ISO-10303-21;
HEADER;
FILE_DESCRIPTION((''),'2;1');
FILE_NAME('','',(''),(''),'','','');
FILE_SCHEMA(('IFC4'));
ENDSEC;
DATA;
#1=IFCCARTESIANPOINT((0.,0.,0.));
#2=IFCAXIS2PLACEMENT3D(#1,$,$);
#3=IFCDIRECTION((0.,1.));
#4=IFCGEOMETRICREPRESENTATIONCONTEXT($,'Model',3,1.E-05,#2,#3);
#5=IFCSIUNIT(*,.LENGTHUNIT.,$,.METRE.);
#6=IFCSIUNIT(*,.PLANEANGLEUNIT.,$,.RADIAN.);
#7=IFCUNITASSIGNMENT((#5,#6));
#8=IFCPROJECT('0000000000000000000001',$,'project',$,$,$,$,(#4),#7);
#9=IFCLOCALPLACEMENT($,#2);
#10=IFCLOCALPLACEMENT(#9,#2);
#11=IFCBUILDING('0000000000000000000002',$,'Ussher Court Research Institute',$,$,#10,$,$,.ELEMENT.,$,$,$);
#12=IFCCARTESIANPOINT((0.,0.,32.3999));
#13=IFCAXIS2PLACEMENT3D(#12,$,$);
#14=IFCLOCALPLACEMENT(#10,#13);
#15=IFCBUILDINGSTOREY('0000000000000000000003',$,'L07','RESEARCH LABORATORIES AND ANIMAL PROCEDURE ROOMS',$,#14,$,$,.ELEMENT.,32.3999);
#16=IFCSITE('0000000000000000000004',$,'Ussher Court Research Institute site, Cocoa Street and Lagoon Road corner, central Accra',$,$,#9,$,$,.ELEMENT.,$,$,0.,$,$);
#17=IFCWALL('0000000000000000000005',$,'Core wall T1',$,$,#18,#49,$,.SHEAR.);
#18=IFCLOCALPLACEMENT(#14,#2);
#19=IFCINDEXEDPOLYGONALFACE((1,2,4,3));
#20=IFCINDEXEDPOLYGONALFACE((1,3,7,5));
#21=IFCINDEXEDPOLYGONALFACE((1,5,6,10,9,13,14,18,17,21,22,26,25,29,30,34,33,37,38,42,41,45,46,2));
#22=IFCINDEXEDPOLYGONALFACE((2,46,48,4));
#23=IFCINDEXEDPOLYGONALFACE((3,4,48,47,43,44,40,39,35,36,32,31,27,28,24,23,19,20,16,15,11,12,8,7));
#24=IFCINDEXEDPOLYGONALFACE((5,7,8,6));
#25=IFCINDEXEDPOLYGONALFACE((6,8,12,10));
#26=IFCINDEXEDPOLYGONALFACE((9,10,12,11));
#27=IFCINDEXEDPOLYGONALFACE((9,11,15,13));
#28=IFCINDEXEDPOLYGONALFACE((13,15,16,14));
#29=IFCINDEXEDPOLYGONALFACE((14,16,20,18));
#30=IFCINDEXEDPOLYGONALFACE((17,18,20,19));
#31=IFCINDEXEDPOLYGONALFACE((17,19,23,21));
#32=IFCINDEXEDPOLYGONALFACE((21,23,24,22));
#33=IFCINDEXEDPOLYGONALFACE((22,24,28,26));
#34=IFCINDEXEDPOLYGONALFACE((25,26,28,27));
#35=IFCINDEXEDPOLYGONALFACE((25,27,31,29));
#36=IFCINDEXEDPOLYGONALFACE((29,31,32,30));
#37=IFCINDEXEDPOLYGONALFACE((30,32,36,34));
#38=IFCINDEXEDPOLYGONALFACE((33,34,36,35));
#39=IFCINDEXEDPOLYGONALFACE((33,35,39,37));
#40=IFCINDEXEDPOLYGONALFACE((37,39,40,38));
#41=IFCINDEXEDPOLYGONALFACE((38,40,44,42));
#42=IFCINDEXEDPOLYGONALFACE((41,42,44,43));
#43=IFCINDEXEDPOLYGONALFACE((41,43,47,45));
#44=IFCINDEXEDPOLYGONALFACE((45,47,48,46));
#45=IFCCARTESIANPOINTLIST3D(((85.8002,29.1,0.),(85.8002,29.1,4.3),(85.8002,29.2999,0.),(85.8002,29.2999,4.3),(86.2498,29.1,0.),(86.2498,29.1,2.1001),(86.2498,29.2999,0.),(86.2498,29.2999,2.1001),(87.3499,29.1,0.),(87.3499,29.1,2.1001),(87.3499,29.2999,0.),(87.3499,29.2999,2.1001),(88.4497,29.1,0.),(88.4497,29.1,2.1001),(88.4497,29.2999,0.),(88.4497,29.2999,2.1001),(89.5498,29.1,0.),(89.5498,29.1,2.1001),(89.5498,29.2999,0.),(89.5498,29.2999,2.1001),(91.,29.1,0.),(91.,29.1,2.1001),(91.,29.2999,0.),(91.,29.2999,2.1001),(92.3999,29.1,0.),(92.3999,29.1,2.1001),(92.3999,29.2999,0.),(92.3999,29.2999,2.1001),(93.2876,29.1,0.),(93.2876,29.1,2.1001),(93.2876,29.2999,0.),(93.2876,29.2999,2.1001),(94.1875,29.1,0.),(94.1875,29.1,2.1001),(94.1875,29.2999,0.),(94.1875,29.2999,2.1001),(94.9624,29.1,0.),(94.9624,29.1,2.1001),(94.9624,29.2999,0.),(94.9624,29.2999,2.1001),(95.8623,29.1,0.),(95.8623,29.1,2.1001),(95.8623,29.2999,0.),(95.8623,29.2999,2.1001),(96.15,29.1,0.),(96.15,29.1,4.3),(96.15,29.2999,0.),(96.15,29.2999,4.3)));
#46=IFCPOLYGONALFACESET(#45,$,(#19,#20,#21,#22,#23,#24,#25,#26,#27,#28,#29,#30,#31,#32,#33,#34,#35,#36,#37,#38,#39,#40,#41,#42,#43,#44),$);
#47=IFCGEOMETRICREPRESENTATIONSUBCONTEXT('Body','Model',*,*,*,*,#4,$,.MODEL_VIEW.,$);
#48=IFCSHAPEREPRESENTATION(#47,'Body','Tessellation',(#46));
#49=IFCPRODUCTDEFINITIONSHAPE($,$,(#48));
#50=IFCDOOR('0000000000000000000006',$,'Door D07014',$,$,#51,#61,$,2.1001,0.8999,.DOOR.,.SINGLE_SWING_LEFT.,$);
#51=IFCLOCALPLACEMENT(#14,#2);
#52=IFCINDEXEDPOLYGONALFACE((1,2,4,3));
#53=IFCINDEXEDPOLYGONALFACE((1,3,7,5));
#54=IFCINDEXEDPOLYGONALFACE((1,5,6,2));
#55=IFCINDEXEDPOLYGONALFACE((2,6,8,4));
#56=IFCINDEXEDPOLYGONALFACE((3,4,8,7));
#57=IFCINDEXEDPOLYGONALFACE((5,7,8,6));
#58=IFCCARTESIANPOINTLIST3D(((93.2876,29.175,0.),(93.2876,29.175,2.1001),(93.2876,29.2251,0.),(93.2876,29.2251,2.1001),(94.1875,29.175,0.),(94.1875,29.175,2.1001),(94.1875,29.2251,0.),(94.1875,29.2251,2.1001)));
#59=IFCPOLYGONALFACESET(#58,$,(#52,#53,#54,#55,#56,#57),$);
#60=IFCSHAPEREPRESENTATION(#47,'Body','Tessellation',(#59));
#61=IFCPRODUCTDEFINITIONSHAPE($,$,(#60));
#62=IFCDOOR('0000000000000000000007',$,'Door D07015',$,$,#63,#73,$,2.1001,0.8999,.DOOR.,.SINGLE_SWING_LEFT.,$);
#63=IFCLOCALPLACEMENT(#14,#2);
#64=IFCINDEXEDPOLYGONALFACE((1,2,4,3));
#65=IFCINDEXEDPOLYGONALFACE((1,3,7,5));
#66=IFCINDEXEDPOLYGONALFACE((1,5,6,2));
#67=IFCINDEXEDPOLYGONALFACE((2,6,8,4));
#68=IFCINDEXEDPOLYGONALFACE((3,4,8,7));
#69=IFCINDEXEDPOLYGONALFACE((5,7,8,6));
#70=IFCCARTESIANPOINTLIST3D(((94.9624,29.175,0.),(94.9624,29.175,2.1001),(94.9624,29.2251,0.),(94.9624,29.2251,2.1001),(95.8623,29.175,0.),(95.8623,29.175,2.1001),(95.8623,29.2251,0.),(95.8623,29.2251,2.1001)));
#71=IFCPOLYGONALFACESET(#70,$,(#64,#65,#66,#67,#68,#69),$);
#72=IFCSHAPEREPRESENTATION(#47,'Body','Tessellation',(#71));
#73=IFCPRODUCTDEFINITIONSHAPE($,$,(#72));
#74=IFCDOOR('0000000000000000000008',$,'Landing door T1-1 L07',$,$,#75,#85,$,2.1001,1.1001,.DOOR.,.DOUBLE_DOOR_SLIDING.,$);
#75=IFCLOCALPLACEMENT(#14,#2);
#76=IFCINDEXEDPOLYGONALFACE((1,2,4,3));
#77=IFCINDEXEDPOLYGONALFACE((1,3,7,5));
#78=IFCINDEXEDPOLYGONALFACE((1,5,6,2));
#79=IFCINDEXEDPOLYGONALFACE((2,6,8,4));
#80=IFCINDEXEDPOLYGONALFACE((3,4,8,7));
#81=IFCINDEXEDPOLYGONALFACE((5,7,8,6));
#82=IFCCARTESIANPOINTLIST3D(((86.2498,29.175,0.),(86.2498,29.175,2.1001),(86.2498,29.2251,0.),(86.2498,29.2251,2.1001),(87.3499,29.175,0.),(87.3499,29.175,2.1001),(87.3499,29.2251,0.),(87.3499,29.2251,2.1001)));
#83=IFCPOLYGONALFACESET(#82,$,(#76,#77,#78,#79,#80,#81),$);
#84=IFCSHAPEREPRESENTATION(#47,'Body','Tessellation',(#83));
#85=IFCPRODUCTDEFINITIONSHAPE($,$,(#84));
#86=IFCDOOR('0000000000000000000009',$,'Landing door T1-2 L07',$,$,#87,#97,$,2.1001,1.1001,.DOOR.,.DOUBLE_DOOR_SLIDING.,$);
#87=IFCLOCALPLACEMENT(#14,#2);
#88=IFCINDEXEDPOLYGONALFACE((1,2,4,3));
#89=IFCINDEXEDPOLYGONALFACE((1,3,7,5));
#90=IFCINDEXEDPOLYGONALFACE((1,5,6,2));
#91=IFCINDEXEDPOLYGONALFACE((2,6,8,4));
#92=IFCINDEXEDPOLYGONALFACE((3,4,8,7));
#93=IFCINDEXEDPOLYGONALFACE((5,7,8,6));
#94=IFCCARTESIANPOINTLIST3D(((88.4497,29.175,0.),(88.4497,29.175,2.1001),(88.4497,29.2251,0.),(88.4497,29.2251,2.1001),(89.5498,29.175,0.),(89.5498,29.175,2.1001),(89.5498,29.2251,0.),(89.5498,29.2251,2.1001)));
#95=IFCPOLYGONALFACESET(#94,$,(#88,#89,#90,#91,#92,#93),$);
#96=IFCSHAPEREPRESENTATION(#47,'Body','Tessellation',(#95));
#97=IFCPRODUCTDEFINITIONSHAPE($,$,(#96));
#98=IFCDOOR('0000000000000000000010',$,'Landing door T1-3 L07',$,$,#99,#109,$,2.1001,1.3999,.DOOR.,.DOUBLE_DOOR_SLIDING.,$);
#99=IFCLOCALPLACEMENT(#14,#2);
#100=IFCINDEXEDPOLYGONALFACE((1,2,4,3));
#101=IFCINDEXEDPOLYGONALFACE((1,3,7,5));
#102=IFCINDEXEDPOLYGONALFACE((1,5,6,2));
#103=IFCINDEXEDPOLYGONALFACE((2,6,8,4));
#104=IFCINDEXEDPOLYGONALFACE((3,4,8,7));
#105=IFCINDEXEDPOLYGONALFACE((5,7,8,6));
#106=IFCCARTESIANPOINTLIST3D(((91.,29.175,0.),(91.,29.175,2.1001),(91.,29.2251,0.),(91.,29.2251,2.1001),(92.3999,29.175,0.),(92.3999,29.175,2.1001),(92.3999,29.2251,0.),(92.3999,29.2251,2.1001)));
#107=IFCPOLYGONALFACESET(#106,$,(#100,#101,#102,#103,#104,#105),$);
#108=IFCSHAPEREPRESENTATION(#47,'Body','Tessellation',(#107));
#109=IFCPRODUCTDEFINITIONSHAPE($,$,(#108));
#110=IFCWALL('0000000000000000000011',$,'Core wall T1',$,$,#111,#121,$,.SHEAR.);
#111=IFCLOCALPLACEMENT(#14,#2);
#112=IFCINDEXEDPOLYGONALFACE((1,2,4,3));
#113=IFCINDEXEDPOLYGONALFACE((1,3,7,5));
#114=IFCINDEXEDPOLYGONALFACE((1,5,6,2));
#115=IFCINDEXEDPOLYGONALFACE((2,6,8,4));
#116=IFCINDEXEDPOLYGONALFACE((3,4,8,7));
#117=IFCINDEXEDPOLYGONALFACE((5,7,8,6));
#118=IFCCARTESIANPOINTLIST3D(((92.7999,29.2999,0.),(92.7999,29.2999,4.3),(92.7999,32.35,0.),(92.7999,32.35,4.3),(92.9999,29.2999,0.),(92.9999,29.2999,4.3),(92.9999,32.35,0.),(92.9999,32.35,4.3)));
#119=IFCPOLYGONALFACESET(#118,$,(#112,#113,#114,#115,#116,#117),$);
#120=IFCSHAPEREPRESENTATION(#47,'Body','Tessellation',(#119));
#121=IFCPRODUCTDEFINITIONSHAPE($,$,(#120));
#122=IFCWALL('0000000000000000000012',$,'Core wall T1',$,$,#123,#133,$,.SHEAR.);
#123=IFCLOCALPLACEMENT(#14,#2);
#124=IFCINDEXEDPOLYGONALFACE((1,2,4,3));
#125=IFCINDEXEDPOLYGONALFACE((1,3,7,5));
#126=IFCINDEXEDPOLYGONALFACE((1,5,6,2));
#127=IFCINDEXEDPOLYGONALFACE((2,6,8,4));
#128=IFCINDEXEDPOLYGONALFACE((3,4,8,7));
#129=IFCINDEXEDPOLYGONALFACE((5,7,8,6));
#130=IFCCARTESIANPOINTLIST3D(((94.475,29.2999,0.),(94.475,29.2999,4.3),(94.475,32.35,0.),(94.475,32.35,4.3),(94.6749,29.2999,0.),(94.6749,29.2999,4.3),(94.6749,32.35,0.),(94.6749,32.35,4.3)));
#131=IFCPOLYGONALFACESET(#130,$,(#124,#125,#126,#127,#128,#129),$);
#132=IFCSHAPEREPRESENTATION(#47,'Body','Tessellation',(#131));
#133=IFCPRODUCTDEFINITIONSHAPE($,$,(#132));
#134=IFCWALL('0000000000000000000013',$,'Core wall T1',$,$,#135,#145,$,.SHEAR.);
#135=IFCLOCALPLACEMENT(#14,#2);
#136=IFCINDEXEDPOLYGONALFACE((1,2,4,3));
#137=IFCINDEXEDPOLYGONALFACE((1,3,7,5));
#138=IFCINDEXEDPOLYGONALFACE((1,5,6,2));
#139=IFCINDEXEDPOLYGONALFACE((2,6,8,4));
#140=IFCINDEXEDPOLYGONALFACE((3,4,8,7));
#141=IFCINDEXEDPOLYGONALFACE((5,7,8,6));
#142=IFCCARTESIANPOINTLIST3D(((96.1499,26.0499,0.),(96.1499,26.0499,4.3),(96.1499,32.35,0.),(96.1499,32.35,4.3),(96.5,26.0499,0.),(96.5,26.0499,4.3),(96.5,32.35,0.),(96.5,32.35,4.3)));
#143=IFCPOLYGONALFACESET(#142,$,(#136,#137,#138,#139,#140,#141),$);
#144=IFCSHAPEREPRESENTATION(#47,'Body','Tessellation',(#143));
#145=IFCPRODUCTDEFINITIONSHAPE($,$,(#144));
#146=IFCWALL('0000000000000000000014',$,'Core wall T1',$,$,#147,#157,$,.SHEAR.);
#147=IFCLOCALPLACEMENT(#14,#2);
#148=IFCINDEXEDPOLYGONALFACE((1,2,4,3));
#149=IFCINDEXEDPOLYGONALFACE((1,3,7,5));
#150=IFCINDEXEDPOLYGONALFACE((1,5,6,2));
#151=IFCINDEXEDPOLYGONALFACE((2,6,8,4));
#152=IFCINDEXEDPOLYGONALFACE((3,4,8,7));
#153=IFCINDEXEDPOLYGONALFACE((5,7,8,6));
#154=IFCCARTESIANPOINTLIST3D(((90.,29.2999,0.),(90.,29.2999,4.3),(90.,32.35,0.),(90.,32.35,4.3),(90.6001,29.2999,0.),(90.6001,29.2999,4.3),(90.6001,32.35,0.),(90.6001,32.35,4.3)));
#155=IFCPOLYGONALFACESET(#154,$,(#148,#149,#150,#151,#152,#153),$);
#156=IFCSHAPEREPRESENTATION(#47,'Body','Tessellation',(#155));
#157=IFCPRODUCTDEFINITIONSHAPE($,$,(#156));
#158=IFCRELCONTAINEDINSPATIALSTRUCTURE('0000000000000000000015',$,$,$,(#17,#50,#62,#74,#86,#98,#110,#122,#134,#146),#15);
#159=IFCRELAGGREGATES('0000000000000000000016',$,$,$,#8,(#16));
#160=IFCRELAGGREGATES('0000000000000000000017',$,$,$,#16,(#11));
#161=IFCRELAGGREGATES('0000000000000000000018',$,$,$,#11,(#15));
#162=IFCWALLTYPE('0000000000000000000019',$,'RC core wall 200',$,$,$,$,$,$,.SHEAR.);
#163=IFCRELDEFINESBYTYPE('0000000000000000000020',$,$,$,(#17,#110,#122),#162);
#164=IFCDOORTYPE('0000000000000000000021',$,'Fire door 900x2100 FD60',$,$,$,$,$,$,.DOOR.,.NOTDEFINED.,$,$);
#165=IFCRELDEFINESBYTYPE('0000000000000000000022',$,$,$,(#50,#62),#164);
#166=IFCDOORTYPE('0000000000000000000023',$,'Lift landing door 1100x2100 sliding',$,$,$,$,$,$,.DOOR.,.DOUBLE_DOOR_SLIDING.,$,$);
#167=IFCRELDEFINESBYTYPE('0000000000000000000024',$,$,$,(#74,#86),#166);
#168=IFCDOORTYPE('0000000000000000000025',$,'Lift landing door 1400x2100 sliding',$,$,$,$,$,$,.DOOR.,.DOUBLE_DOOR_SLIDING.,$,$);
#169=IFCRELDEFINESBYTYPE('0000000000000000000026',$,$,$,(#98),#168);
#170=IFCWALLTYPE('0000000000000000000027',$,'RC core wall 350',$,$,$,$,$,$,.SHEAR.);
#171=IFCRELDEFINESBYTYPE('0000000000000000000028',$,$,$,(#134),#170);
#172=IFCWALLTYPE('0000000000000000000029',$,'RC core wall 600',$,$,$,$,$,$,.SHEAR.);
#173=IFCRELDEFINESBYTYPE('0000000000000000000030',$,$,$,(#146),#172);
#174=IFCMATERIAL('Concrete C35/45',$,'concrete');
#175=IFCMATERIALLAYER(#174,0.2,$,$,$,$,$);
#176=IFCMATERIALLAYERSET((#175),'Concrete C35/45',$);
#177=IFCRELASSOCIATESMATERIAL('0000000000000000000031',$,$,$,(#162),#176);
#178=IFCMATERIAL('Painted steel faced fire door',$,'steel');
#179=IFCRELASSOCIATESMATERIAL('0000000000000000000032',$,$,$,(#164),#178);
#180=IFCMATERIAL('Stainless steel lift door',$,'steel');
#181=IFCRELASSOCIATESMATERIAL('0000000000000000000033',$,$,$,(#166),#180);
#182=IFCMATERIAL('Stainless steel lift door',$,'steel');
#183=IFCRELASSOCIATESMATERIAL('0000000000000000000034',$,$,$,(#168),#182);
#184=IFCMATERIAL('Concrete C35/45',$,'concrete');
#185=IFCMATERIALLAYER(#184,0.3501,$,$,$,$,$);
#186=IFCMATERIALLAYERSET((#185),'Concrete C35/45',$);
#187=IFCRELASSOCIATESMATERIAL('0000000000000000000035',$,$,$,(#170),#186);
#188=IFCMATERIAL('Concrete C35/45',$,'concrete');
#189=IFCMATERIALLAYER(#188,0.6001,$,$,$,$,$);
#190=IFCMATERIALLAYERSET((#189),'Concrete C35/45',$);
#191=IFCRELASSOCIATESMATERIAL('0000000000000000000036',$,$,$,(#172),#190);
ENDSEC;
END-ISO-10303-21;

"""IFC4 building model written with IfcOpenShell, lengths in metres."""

from ifc_helpers import new_model, si_unit, direction, frame, frame_2d, origin, place, context, subcontext, project, spatial, rectangle, extrude, material, layer, layer_set, type_object, element, fill, save


model = new_model("IFC4")

# Units and contexts
model_context = context("Model", 3, precision=1e-05, world=origin(), true_north=direction((0.0, 1.0)))
body_context = subcontext(model_context, "Body", "Model", "MODEL_VIEW")
ifc_project = project(units=[si_unit("LENGTHUNIT", "METRE"), si_unit("PLANEANGLEUNIT", "RADIAN")], contexts=[model_context])

# Site, building, storey
site_placement = place(None, origin())
site = spatial("IfcSite", under=ifc_project, at=site_placement, Name="Ussher Court Research Institute site, Cocoa Street and Lagoon Road corner, central Accra", CompositionType="ELEMENT", RefElevation=0.0)
building_placement = place(site_placement, origin())
building = spatial("IfcBuilding", under=site, at=building_placement, Name="Ussher Court Research Institute", CompositionType="ELEMENT")
storey_placement = place(building_placement, frame((0.0, 0.0, 32.3999)))
storey = spatial("IfcBuildingStorey", under=building, at=storey_placement, Name="L07", Description="RESEARCH LABORATORIES AND ANIMAL PROCEDURE ROOMS", CompositionType="ELEMENT", Elevation=32.3999)

# Shared definitions
ifc_material_1 = material(Name="Concrete C35/45", Category="concrete")
ifc_layer_1 = layer(ifc_material_1, 0.2)
ifc_layer_set_1 = layer_set([ifc_layer_1], Name="Concrete C35/45")
wall_type_1 = type_object("IfcWallType", Name="RC core wall 200", PredefinedType="SHEAR", material=ifc_layer_set_1)

# Wall, openings, doors
wall_1_placement = place(storey_placement, frame((96.1499, 29.2, 0.0), z_axis=(0.0, 0.0, 1.0), x_axis=(-1.0, 0.0, 0.0)))
wall_1 = element("IfcWall", 1, at=wall_1_placement, inside=storey, type_object=wall_type_1, Name="Core wall T1", PredefinedType="SHEAR", context=body_context, shape_type="SweptSolid", body=[
    extrude(rectangle(XDim=10.3499, YDim=0.2, at=frame_2d((5.1748, 0.0))), origin(), (0.0, 0.0, 1.0), 4.3),
])
opening_1_placement = place(wall_1_placement, frame((8.8, 0.0, 0.0)))
opening_1 = element("IfcOpeningElement", 2, at=opening_1_placement, cuts=wall_1, PredefinedType="OPENING", context=body_context, shape_type="SweptSolid", body=[
    extrude(rectangle(XDim=1.1001, YDim=2.1001, at=frame_2d((0.55, 1.05))), frame((0.0, 0.1099, 0.0), z_axis=(0.0, -1.0, 0.0), x_axis=(1.0, 0.0, 0.0)), (0.0, 0.0, 1.0), 0.22),
])
opening_2_placement = place(wall_1_placement, frame((6.6001, 0.0, 0.0)))
opening_2 = element("IfcOpeningElement", 3, at=opening_2_placement, cuts=wall_1, PredefinedType="OPENING", context=body_context, shape_type="SweptSolid", body=[
    extrude(rectangle(XDim=1.1001, YDim=2.1001, at=frame_2d((0.55, 1.05))), frame((0.0, 0.1099, 0.0), z_axis=(0.0, -1.0, 0.0), x_axis=(1.0, 0.0, 0.0)), (0.0, 0.0, 1.0), 0.22),
])
opening_3_placement = place(wall_1_placement, frame((3.75, 0.0, 0.0)))
opening_3 = element("IfcOpeningElement", 4, at=opening_3_placement, cuts=wall_1, PredefinedType="OPENING", context=body_context, shape_type="SweptSolid", body=[
    extrude(rectangle(XDim=1.3999, YDim=2.1001, at=frame_2d((0.7, 1.05))), frame((0.0, 0.1099, 0.0), z_axis=(0.0, -1.0, 0.0), x_axis=(1.0, 0.0, 0.0)), (0.0, 0.0, 1.0), 0.22),
])
opening_4_placement = place(wall_1_placement, frame((1.9624, 0.0, 0.0)))
opening_4 = element("IfcOpeningElement", 5, at=opening_4_placement, cuts=wall_1, PredefinedType="OPENING", context=body_context, shape_type="SweptSolid", body=[
    extrude(rectangle(XDim=0.8999, YDim=2.1001, at=frame_2d((0.45, 1.05))), frame((0.0, 0.1099, 0.0), z_axis=(0.0, -1.0, 0.0), x_axis=(1.0, 0.0, 0.0)), (0.0, 0.0, 1.0), 0.22),
])
opening_5_placement = place(wall_1_placement, frame((0.2876, 0.0, 0.0)))
opening_5 = element("IfcOpeningElement", 6, at=opening_5_placement, cuts=wall_1, PredefinedType="OPENING", context=body_context, shape_type="SweptSolid", body=[
    extrude(rectangle(XDim=0.8999, YDim=2.1001, at=frame_2d((0.45, 1.05))), frame((0.0, 0.1099, 0.0), z_axis=(0.0, -1.0, 0.0), x_axis=(1.0, 0.0, 0.0)), (0.0, 0.0, 1.0), 0.22),
])
ifc_material_2 = material(Name="Painted steel faced fire door", Category="steel")
door_type_1 = type_object("IfcDoorType", Name="Fire door 900x2100 FD60", OperationType="NOTDEFINED", PredefinedType="DOOR", material=ifc_material_2)
door_1_placement = place(opening_4_placement, origin())
door_1 = element("IfcDoor", 7, at=door_1_placement, inside=storey, type_object=door_type_1, Name="Door D07014", OperationType="SINGLE_SWING_LEFT", OverallHeight=2.1001, OverallWidth=0.8999, PredefinedType="DOOR", context=body_context, shape_type="SweptSolid", body=[
    extrude(rectangle(XDim=0.8999, YDim=2.1001, at=frame_2d((0.45, 1.05))), frame((0.0, 0.0249, 0.0), z_axis=(0.0, -1.0, 0.0), x_axis=(1.0, 0.0, 0.0)), (0.0, 0.0, 1.0), 0.05),
])
fill(opening_4, door_1)
door_2_placement = place(opening_5_placement, origin())
door_2 = element("IfcDoor", 8, at=door_2_placement, inside=storey, type_object=door_type_1, Name="Door D07015", OperationType="SINGLE_SWING_LEFT", OverallHeight=2.1001, OverallWidth=0.8999, PredefinedType="DOOR", context=body_context, shape_type="SweptSolid", body=[
    extrude(rectangle(XDim=0.8999, YDim=2.1001, at=frame_2d((0.45, 1.05))), frame((0.0, 0.0249, 0.0), z_axis=(0.0, -1.0, 0.0), x_axis=(1.0, 0.0, 0.0)), (0.0, 0.0, 1.0), 0.05),
])
fill(opening_5, door_2)
ifc_material_3 = material(Name="Stainless steel lift door", Category="steel")
door_type_2 = type_object("IfcDoorType", Name="Lift landing door 1100x2100 sliding", OperationType="DOUBLE_DOOR_SLIDING", PredefinedType="DOOR", material=ifc_material_3)
door_3_placement = place(opening_1_placement, origin())
door_3 = element("IfcDoor", 9, at=door_3_placement, inside=storey, type_object=door_type_2, Name="Landing door T1-1 L07", OperationType="DOUBLE_DOOR_SLIDING", OverallHeight=2.1001, OverallWidth=1.1001, PredefinedType="DOOR", context=body_context, shape_type="SweptSolid", body=[
    extrude(rectangle(XDim=1.1001, YDim=2.1001, at=frame_2d((0.55, 1.05))), frame((0.0, 0.0249, 0.0), z_axis=(0.0, -1.0, 0.0), x_axis=(1.0, 0.0, 0.0)), (0.0, 0.0, 1.0), 0.05),
])
fill(opening_1, door_3)
door_4_placement = place(opening_2_placement, origin())
door_4 = element("IfcDoor", 10, at=door_4_placement, inside=storey, type_object=door_type_2, Name="Landing door T1-2 L07", OperationType="DOUBLE_DOOR_SLIDING", OverallHeight=2.1001, OverallWidth=1.1001, PredefinedType="DOOR", context=body_context, shape_type="SweptSolid", body=[
    extrude(rectangle(XDim=1.1001, YDim=2.1001, at=frame_2d((0.55, 1.05))), frame((0.0, 0.0249, 0.0), z_axis=(0.0, -1.0, 0.0), x_axis=(1.0, 0.0, 0.0)), (0.0, 0.0, 1.0), 0.05),
])
fill(opening_2, door_4)
ifc_material_4 = material(Name="Stainless steel lift door", Category="steel")
door_type_3 = type_object("IfcDoorType", Name="Lift landing door 1400x2100 sliding", OperationType="DOUBLE_DOOR_SLIDING", PredefinedType="DOOR", material=ifc_material_4)
door_5_placement = place(opening_3_placement, origin())
door_5 = element("IfcDoor", 11, at=door_5_placement, inside=storey, type_object=door_type_3, Name="Landing door T1-3 L07", OperationType="DOUBLE_DOOR_SLIDING", OverallHeight=2.1001, OverallWidth=1.3999, PredefinedType="DOOR", context=body_context, shape_type="SweptSolid", body=[
    extrude(rectangle(XDim=1.3999, YDim=2.1001, at=frame_2d((0.7, 1.05))), frame((0.0, 0.0249, 0.0), z_axis=(0.0, -1.0, 0.0), x_axis=(1.0, 0.0, 0.0)), (0.0, 0.0, 1.0), 0.05),
])
fill(opening_3, door_5)

# Walls
for number, where, z_axis, x_axis, name in (
    (12, (92.8999, 29.3, 0.0), (0.0, 0.0, 1.0), (0.0, 1.0, 0.0), "Core wall T1"),
    (13, (94.575, 29.3, 0.0), (0.0, 0.0, 1.0), (0.0, 1.0, 0.0), "Core wall T1"),
):
    element("IfcWall", number, at=place(storey_placement, frame(where, z_axis=z_axis, x_axis=x_axis)), inside=storey, type_object=wall_type_1, Name=name, PredefinedType="SHEAR", context=body_context, shape_type="SweptSolid", body=[
        extrude(rectangle(XDim=3.05, YDim=0.2, at=frame_2d((1.5249, 0.0))), origin(), (0.0, 0.0, 1.0), 4.3),
    ])
ifc_material_5 = material(Name="Concrete C35/45", Category="concrete")
ifc_layer_2 = layer(ifc_material_5, 0.3501)
ifc_layer_set_2 = layer_set([ifc_layer_2], Name="Concrete C35/45")
wall_type_2 = type_object("IfcWallType", Name="RC core wall 350", PredefinedType="SHEAR", material=ifc_layer_set_2)
wall_2_placement = place(storey_placement, frame((96.325, 26.05, 0.0), z_axis=(0.0, 0.0, 1.0), x_axis=(0.0, 1.0, 0.0)))
element("IfcWall", 14, at=wall_2_placement, inside=storey, type_object=wall_type_2, Name="Core wall T1", PredefinedType="SHEAR", context=body_context, shape_type="SweptSolid", body=[
    extrude(rectangle(XDim=6.3, YDim=0.3501, at=frame_2d((3.1499, 0.0))), origin(), (0.0, 0.0, 1.0), 4.3),
])
ifc_material_6 = material(Name="Concrete C35/45", Category="concrete")
ifc_layer_3 = layer(ifc_material_6, 0.6001)
ifc_layer_set_3 = layer_set([ifc_layer_3], Name="Concrete C35/45")
wall_type_3 = type_object("IfcWallType", Name="RC core wall 600", PredefinedType="SHEAR", material=ifc_layer_set_3)
wall_3_placement = place(storey_placement, frame((90.3, 29.3, 0.0), z_axis=(0.0, 0.0, 1.0), x_axis=(0.0, 1.0, 0.0)))
element("IfcWall", 15, at=wall_3_placement, inside=storey, type_object=wall_type_3, Name="Core wall T1", PredefinedType="SHEAR", context=body_context, shape_type="SweptSolid", body=[
    extrude(rectangle(XDim=3.05, YDim=0.6001, at=frame_2d((1.5249, 0.0))), origin(), (0.0, 0.0, 1.0), 4.3),
])

save(model, "model.ifc")
